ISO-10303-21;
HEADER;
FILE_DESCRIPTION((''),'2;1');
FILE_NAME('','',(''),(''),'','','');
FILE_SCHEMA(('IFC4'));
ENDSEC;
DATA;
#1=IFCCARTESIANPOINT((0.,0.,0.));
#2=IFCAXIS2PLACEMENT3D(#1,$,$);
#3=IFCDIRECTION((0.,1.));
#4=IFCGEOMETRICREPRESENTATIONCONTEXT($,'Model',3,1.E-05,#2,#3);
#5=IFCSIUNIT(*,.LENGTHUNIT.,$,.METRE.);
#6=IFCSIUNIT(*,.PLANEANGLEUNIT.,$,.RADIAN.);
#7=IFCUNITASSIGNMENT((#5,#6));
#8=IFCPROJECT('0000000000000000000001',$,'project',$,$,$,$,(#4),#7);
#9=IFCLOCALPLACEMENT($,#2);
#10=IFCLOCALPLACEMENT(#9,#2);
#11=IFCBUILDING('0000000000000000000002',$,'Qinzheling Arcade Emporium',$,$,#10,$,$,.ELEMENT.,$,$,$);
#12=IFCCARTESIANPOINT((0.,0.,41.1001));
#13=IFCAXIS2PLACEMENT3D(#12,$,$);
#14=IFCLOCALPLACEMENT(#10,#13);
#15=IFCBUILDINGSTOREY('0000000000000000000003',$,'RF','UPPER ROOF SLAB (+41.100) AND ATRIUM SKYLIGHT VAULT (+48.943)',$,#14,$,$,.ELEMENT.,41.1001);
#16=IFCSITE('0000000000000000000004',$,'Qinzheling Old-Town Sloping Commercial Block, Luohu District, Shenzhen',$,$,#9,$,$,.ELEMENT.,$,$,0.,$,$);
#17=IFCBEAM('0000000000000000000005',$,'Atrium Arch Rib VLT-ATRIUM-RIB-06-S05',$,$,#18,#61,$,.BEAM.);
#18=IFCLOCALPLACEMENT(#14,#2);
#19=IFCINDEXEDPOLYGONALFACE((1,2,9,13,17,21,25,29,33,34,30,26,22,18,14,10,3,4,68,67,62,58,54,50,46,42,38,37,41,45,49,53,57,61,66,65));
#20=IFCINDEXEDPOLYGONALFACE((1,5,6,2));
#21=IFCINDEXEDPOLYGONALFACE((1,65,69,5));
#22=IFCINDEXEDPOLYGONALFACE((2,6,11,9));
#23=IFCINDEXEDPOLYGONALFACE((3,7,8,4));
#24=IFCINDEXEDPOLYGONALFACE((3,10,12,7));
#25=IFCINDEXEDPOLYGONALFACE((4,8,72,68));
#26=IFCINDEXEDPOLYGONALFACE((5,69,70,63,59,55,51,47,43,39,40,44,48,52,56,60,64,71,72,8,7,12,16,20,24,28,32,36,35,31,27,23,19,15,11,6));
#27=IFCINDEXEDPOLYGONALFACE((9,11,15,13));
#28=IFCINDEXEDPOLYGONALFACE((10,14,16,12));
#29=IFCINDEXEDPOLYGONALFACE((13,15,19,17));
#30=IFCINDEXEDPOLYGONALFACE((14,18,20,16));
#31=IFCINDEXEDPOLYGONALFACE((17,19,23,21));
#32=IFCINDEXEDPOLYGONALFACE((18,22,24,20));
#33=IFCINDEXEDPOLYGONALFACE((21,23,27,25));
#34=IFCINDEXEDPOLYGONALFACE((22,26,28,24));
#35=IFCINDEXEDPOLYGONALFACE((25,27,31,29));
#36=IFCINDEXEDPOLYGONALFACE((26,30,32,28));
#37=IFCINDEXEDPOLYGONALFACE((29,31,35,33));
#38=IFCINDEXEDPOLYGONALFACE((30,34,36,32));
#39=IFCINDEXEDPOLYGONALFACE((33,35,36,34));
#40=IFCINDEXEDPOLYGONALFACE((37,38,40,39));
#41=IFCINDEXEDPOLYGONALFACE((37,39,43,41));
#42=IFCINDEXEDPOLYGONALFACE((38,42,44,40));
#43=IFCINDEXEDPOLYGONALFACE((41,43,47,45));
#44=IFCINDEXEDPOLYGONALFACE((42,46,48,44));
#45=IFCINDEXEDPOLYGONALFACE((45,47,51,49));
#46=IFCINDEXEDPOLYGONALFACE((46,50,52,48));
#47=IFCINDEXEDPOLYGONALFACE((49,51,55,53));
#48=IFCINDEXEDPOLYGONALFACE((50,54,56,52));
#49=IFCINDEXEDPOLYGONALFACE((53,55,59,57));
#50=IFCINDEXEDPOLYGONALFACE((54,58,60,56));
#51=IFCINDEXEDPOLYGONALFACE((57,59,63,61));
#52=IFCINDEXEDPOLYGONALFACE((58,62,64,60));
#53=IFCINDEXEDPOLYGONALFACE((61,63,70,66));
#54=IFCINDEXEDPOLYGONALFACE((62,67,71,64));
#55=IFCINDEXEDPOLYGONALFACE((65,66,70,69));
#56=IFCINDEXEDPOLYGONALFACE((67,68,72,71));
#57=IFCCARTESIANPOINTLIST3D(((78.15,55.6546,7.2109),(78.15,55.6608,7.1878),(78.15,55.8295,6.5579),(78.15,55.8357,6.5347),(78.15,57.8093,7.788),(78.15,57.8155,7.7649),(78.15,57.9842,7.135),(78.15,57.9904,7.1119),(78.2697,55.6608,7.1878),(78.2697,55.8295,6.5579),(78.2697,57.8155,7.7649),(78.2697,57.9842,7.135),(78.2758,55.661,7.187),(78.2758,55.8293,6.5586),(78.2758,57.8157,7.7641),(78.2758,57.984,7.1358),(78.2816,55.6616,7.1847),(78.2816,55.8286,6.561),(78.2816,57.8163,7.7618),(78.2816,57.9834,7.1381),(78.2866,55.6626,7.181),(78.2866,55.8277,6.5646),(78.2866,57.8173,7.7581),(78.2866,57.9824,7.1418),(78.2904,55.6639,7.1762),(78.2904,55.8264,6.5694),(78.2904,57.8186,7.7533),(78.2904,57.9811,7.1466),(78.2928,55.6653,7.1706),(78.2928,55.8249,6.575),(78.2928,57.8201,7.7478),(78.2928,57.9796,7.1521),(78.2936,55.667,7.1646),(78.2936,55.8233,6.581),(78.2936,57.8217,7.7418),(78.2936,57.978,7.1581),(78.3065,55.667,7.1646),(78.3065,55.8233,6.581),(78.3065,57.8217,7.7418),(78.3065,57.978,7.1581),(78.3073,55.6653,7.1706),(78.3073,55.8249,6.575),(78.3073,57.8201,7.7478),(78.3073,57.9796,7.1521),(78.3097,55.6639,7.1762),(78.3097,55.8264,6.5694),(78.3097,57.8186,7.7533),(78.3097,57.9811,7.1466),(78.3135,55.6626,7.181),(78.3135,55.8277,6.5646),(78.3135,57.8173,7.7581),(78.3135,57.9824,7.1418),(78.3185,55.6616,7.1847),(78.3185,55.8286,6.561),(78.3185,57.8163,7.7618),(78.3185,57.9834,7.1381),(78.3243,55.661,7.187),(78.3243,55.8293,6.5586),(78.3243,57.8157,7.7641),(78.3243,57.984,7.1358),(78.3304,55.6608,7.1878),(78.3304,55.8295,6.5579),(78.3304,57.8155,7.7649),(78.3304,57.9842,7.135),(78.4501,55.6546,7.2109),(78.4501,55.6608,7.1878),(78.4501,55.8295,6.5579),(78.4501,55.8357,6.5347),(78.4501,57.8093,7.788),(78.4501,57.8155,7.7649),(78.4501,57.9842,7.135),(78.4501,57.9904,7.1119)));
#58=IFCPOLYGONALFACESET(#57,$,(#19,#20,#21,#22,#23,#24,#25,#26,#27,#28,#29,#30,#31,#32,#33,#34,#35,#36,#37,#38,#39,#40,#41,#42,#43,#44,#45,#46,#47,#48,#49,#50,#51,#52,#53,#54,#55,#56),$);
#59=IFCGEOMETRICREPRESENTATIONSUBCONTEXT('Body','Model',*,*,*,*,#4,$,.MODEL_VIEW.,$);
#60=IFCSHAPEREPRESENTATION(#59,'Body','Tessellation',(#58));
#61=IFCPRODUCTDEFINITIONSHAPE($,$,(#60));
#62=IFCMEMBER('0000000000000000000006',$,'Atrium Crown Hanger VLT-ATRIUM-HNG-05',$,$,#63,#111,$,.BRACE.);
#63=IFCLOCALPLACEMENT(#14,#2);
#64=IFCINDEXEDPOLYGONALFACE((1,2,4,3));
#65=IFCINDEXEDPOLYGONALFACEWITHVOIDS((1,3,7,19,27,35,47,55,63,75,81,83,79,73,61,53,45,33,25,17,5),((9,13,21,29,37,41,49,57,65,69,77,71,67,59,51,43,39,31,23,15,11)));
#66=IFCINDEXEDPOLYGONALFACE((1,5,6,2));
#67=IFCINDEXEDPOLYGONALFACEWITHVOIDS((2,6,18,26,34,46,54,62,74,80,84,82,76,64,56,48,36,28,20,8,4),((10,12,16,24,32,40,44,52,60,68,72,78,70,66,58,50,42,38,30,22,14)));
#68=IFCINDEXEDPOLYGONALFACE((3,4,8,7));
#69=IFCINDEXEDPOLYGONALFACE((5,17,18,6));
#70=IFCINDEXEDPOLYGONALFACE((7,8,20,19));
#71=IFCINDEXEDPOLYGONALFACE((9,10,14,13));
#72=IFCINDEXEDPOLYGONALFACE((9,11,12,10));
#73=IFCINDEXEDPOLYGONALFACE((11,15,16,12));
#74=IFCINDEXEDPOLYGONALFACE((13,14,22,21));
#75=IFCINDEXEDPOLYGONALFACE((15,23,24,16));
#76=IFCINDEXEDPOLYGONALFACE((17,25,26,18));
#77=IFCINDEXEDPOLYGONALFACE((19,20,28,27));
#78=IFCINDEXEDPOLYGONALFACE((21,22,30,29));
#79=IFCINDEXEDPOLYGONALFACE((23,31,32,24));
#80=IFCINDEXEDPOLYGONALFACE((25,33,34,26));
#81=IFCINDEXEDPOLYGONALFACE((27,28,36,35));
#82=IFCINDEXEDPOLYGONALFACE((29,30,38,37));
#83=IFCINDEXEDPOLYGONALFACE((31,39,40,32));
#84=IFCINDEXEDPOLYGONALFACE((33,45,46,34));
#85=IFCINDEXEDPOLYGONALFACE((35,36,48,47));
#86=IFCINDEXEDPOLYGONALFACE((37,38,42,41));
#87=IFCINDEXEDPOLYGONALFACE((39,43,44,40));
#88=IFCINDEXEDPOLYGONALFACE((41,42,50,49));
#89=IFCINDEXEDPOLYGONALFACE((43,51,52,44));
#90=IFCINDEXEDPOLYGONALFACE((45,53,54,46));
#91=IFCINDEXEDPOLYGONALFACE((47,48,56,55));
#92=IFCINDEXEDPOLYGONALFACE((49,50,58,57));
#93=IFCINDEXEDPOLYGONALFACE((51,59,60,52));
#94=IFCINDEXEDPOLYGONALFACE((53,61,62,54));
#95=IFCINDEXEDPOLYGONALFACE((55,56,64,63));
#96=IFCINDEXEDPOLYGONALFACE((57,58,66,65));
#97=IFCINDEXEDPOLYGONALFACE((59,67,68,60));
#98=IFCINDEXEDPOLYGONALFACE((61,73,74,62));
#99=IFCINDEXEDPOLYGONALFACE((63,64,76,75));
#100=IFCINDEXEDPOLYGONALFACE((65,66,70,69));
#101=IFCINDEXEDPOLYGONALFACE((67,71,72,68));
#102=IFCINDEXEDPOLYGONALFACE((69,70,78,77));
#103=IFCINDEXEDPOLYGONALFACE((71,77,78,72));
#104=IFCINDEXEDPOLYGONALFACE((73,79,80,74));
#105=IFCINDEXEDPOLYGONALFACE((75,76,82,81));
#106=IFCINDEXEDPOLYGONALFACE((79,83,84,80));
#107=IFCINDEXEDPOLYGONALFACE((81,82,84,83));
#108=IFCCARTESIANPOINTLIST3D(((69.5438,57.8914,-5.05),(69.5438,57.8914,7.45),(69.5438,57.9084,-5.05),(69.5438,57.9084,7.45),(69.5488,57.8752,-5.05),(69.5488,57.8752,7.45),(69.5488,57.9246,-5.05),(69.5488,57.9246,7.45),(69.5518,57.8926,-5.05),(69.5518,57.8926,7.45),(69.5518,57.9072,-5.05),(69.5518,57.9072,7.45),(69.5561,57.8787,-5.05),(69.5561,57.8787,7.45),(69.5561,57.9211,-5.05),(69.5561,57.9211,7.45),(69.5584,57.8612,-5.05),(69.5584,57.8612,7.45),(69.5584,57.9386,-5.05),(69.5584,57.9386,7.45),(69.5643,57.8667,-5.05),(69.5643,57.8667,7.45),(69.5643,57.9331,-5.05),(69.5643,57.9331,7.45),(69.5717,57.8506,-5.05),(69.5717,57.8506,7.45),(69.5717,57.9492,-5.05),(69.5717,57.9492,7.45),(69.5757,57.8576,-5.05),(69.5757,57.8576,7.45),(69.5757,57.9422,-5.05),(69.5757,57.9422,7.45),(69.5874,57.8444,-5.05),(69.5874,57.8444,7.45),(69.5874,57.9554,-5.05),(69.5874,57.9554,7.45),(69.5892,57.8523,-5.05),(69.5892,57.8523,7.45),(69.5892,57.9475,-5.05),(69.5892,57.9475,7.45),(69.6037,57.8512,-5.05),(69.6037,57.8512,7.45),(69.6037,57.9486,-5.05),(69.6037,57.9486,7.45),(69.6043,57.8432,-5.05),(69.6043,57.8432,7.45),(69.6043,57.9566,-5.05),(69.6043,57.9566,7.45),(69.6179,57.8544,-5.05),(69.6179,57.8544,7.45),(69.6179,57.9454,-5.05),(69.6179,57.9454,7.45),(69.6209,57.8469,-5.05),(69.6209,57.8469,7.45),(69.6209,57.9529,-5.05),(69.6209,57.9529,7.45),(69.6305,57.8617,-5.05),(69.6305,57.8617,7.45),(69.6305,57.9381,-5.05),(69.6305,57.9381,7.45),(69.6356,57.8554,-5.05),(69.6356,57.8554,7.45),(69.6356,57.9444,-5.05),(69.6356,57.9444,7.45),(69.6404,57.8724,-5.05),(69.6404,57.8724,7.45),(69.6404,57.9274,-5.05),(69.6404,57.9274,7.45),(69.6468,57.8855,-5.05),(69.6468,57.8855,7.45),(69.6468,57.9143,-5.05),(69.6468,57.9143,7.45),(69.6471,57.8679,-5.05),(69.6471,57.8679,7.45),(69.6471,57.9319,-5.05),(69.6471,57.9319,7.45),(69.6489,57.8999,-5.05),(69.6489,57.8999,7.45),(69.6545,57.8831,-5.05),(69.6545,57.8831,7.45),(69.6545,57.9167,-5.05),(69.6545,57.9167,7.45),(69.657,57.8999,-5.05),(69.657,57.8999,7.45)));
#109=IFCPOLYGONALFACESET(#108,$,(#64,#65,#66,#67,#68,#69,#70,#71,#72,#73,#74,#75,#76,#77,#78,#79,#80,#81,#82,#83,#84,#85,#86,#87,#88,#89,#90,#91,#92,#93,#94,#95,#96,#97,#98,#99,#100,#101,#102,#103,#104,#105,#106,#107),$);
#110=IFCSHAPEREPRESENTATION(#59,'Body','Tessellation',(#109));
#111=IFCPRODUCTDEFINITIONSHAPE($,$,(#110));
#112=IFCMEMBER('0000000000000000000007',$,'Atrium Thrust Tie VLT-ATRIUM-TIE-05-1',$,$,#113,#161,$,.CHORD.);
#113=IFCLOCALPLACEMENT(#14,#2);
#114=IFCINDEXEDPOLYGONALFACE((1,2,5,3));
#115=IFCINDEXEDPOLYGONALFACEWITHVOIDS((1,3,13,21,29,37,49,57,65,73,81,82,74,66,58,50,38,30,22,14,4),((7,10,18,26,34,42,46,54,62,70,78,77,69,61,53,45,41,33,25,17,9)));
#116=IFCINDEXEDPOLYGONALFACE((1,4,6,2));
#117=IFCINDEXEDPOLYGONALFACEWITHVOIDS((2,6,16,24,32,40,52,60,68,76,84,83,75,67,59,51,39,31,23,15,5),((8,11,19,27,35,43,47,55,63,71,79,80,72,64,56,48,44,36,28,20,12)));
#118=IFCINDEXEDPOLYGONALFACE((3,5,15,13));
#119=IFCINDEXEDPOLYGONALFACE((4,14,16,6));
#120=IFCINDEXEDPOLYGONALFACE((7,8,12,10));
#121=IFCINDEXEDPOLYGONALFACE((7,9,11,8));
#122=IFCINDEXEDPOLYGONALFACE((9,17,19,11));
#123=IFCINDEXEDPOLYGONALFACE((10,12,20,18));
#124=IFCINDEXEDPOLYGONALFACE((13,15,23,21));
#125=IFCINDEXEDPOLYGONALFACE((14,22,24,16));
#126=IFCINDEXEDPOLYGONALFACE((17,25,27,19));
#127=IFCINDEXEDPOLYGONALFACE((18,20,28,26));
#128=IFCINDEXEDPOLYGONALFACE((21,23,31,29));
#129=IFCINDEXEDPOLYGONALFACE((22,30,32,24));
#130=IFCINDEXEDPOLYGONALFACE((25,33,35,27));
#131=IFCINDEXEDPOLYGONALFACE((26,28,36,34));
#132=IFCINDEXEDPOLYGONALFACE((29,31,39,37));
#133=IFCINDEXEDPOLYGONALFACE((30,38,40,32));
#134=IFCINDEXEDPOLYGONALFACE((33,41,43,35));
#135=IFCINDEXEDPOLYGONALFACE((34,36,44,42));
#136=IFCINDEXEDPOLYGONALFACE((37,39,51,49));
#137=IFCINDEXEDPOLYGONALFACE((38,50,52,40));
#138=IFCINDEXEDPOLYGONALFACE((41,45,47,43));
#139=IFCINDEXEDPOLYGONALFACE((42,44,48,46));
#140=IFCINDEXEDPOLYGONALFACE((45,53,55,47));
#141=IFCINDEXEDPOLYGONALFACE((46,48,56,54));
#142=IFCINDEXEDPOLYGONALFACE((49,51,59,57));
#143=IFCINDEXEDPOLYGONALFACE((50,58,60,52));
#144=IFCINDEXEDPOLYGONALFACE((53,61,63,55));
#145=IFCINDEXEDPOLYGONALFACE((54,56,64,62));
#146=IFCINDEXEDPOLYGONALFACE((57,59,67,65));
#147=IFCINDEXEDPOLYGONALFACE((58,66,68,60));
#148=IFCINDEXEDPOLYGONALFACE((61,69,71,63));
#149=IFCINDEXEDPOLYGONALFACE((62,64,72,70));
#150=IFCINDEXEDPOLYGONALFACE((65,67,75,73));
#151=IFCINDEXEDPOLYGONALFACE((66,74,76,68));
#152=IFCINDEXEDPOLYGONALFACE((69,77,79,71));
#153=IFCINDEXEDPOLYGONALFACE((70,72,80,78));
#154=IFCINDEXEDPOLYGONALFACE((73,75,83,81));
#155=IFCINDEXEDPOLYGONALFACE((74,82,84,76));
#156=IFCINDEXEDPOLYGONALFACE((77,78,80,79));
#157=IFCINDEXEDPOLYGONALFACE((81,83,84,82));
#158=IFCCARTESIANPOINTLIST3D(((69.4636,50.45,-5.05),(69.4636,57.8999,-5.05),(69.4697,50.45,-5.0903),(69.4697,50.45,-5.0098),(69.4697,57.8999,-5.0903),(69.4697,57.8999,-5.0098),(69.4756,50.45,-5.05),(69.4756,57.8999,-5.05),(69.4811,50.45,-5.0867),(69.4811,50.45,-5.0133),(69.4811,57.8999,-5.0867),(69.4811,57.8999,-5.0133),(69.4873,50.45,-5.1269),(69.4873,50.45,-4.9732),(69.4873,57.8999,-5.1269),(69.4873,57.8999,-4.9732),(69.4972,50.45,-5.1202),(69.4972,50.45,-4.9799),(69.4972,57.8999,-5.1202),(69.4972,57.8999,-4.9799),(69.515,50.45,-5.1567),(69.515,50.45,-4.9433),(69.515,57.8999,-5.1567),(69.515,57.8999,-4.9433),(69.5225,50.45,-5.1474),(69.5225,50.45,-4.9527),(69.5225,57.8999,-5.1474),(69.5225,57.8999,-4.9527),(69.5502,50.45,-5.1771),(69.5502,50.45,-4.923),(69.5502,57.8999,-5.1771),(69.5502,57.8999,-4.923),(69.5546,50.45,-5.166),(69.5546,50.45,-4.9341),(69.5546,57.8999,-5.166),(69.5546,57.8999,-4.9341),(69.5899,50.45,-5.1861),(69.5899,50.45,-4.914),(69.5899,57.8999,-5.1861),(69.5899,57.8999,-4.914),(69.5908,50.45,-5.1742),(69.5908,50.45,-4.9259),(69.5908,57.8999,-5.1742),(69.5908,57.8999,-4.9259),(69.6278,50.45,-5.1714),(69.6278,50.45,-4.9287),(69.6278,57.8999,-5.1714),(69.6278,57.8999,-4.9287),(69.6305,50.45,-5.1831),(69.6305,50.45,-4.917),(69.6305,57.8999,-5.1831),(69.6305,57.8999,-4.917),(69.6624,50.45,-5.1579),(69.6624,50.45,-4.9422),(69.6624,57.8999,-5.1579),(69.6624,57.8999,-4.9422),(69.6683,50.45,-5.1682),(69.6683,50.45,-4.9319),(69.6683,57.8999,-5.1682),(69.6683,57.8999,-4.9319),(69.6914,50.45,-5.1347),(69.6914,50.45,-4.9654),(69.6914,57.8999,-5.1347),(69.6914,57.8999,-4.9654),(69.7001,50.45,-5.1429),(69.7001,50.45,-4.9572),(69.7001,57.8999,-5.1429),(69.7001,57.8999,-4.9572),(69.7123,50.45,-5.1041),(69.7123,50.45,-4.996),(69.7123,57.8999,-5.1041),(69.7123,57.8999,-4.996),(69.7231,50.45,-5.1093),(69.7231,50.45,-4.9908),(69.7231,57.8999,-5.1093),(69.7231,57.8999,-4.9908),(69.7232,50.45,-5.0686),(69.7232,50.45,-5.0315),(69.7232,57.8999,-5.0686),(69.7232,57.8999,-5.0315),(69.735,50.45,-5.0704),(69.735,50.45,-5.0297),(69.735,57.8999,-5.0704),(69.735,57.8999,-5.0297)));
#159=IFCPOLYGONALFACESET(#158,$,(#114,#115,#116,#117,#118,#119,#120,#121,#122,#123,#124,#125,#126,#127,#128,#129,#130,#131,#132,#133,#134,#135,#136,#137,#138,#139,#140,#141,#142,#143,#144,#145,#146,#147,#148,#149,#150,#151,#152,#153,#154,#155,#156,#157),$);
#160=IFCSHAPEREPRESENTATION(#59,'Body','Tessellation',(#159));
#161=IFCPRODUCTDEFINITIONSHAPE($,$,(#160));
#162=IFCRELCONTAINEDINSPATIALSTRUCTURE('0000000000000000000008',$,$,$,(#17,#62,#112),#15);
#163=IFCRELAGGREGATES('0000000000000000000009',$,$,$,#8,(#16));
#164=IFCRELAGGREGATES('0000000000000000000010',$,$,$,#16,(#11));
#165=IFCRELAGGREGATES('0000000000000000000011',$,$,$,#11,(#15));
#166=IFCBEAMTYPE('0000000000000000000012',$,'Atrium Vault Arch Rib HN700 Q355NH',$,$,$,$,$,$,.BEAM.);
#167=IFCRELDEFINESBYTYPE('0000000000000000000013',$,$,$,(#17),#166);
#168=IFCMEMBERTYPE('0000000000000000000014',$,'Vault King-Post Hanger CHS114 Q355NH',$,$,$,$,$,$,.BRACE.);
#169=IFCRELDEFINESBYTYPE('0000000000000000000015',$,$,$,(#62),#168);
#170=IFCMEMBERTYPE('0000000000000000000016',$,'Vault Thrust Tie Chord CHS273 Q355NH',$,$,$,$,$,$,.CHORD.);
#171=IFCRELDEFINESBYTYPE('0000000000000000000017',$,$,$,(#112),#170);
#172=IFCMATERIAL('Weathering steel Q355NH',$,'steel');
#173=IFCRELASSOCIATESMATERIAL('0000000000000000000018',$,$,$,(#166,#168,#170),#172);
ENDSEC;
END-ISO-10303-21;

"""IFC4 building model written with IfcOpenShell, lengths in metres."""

from ifc_helpers import new_model, si_unit, direction, frame, origin, origin_2d, place, context, subcontext, project, spatial, hollow_circle, i_section, extrude, material, material_profile, profile_set, type_object, element, save


model = new_model("IFC4")

# Units and contexts
model_context = context("Model", 3, precision=1e-05, world=origin(), true_north=direction((0.0, 1.0)))
body_context = subcontext(model_context, "Body", "Model", "MODEL_VIEW")
ifc_project = project(units=[si_unit("LENGTHUNIT", "METRE"), si_unit("PLANEANGLEUNIT", "RADIAN")], contexts=[model_context])

# Site, building, storey
site_placement = place(None, origin())
site = spatial("IfcSite", under=ifc_project, at=site_placement, Name="Qinzheling Old-Town Sloping Commercial Block, Luohu District, Shenzhen", CompositionType="ELEMENT", RefElevation=0.0)
building_placement = place(site_placement, origin())
building = spatial("IfcBuilding", under=site, at=building_placement, Name="Qinzheling Arcade Emporium", CompositionType="ELEMENT")
storey_placement = place(building_placement, frame((0.0, 0.0, 41.1001)))
storey = spatial("IfcBuildingStorey", under=building, at=storey_placement, Name="RF", Description="UPPER ROOF SLAB (+41.100) AND ATRIUM SKYLIGHT VAULT (+48.943)", CompositionType="ELEMENT", Elevation=41.1001)

# Shared definitions
ifc_material_1 = material(Name="Weathering steel Q355NH", Category="steel")

# Beam
ifc_material_profile_1 = material_profile(ifc_material_1, i_section(OverallWidth=0.3, OverallDepth=0.7, WebThickness=0.0129, FlangeThickness=0.0239, FilletRadius=0.0239, at=origin_2d()), Name="HN 700x300x13x24", Category="steel")
ifc_profile_set_1 = profile_set([ifc_material_profile_1], Name="Weathering steel Q355NH")
beam_type_1 = type_object("IfcBeamType", Name="Atrium Vault Arch Rib HN700 Q355NH", PredefinedType="BEAM", material=ifc_profile_set_1)
beam_1_placement = place(storey_placement, frame((78.3, 55.7451, 6.8728), z_axis=(0.0, 0.965951, 0.258725), x_axis=(-1.0, 0.0, 0.0)))
element("IfcBeam", 1, at=beam_1_placement, inside=storey, type_object=beam_type_1, Name="Atrium Arch Rib VLT-ATRIUM-RIB-06-S05", PredefinedType="BEAM", context=body_context, shape_type="SweptSolid", body=[
    extrude(i_section(OverallWidth=0.3, OverallDepth=0.7, WebThickness=0.0129, FlangeThickness=0.0239, FilletRadius=0.0239, at=origin_2d()), origin(), (0.0, 0.0, 1.0), 2.2307),
])

# Members
ifc_material_profile_2 = material_profile(ifc_material_1, hollow_circle(Radius=0.0569, WallThickness=0.0081, at=origin_2d()), Name="CHS 114x8", Category="steel")
ifc_profile_set_2 = profile_set([ifc_material_profile_2], Name="Weathering steel Q355NH")
member_type_1 = type_object("IfcMemberType", Name="Vault King-Post Hanger CHS114 Q355NH", PredefinedType="BRACE", material=ifc_profile_set_2)
member_1_placement = place(storey_placement, frame((69.6001, 57.8999, -5.05), z_axis=(0.0, 0.0, 1.0), x_axis=(1.0, 0.0, 0.0)))
element("IfcMember", 2, at=member_1_placement, inside=storey, type_object=member_type_1, Name="Atrium Crown Hanger VLT-ATRIUM-HNG-05", PredefinedType="BRACE", context=body_context, shape_type="SweptSolid", body=[
    extrude(hollow_circle(Radius=0.0569, WallThickness=0.0081, at=origin_2d()), origin(), (0.0, 0.0, 1.0), 12.5),
])
ifc_material_profile_3 = material_profile(ifc_material_1, hollow_circle(Radius=0.1365, WallThickness=0.012, at=origin_2d()), Name="CHS 273x12", Category="steel")
ifc_profile_set_3 = profile_set([ifc_material_profile_3], Name="Weathering steel Q355NH")
member_type_2 = type_object("IfcMemberType", Name="Vault Thrust Tie Chord CHS273 Q355NH", PredefinedType="CHORD", material=ifc_profile_set_3)
member_2_placement = place(storey_placement, frame((69.6001, 50.45, -5.05), z_axis=(0.0, 1.0, 0.0), x_axis=(-1.0, 0.0, 0.0)))
element("IfcMember", 3, at=member_2_placement, inside=storey, type_object=member_type_2, Name="Atrium Thrust Tie VLT-ATRIUM-TIE-05-1", PredefinedType="CHORD", context=body_context, shape_type="SweptSolid", body=[
    extrude(hollow_circle(Radius=0.1365, WallThickness=0.012, at=origin_2d()), origin(), (0.0, 0.0, 1.0), 7.45),
])

save(model, "model.ifc")
